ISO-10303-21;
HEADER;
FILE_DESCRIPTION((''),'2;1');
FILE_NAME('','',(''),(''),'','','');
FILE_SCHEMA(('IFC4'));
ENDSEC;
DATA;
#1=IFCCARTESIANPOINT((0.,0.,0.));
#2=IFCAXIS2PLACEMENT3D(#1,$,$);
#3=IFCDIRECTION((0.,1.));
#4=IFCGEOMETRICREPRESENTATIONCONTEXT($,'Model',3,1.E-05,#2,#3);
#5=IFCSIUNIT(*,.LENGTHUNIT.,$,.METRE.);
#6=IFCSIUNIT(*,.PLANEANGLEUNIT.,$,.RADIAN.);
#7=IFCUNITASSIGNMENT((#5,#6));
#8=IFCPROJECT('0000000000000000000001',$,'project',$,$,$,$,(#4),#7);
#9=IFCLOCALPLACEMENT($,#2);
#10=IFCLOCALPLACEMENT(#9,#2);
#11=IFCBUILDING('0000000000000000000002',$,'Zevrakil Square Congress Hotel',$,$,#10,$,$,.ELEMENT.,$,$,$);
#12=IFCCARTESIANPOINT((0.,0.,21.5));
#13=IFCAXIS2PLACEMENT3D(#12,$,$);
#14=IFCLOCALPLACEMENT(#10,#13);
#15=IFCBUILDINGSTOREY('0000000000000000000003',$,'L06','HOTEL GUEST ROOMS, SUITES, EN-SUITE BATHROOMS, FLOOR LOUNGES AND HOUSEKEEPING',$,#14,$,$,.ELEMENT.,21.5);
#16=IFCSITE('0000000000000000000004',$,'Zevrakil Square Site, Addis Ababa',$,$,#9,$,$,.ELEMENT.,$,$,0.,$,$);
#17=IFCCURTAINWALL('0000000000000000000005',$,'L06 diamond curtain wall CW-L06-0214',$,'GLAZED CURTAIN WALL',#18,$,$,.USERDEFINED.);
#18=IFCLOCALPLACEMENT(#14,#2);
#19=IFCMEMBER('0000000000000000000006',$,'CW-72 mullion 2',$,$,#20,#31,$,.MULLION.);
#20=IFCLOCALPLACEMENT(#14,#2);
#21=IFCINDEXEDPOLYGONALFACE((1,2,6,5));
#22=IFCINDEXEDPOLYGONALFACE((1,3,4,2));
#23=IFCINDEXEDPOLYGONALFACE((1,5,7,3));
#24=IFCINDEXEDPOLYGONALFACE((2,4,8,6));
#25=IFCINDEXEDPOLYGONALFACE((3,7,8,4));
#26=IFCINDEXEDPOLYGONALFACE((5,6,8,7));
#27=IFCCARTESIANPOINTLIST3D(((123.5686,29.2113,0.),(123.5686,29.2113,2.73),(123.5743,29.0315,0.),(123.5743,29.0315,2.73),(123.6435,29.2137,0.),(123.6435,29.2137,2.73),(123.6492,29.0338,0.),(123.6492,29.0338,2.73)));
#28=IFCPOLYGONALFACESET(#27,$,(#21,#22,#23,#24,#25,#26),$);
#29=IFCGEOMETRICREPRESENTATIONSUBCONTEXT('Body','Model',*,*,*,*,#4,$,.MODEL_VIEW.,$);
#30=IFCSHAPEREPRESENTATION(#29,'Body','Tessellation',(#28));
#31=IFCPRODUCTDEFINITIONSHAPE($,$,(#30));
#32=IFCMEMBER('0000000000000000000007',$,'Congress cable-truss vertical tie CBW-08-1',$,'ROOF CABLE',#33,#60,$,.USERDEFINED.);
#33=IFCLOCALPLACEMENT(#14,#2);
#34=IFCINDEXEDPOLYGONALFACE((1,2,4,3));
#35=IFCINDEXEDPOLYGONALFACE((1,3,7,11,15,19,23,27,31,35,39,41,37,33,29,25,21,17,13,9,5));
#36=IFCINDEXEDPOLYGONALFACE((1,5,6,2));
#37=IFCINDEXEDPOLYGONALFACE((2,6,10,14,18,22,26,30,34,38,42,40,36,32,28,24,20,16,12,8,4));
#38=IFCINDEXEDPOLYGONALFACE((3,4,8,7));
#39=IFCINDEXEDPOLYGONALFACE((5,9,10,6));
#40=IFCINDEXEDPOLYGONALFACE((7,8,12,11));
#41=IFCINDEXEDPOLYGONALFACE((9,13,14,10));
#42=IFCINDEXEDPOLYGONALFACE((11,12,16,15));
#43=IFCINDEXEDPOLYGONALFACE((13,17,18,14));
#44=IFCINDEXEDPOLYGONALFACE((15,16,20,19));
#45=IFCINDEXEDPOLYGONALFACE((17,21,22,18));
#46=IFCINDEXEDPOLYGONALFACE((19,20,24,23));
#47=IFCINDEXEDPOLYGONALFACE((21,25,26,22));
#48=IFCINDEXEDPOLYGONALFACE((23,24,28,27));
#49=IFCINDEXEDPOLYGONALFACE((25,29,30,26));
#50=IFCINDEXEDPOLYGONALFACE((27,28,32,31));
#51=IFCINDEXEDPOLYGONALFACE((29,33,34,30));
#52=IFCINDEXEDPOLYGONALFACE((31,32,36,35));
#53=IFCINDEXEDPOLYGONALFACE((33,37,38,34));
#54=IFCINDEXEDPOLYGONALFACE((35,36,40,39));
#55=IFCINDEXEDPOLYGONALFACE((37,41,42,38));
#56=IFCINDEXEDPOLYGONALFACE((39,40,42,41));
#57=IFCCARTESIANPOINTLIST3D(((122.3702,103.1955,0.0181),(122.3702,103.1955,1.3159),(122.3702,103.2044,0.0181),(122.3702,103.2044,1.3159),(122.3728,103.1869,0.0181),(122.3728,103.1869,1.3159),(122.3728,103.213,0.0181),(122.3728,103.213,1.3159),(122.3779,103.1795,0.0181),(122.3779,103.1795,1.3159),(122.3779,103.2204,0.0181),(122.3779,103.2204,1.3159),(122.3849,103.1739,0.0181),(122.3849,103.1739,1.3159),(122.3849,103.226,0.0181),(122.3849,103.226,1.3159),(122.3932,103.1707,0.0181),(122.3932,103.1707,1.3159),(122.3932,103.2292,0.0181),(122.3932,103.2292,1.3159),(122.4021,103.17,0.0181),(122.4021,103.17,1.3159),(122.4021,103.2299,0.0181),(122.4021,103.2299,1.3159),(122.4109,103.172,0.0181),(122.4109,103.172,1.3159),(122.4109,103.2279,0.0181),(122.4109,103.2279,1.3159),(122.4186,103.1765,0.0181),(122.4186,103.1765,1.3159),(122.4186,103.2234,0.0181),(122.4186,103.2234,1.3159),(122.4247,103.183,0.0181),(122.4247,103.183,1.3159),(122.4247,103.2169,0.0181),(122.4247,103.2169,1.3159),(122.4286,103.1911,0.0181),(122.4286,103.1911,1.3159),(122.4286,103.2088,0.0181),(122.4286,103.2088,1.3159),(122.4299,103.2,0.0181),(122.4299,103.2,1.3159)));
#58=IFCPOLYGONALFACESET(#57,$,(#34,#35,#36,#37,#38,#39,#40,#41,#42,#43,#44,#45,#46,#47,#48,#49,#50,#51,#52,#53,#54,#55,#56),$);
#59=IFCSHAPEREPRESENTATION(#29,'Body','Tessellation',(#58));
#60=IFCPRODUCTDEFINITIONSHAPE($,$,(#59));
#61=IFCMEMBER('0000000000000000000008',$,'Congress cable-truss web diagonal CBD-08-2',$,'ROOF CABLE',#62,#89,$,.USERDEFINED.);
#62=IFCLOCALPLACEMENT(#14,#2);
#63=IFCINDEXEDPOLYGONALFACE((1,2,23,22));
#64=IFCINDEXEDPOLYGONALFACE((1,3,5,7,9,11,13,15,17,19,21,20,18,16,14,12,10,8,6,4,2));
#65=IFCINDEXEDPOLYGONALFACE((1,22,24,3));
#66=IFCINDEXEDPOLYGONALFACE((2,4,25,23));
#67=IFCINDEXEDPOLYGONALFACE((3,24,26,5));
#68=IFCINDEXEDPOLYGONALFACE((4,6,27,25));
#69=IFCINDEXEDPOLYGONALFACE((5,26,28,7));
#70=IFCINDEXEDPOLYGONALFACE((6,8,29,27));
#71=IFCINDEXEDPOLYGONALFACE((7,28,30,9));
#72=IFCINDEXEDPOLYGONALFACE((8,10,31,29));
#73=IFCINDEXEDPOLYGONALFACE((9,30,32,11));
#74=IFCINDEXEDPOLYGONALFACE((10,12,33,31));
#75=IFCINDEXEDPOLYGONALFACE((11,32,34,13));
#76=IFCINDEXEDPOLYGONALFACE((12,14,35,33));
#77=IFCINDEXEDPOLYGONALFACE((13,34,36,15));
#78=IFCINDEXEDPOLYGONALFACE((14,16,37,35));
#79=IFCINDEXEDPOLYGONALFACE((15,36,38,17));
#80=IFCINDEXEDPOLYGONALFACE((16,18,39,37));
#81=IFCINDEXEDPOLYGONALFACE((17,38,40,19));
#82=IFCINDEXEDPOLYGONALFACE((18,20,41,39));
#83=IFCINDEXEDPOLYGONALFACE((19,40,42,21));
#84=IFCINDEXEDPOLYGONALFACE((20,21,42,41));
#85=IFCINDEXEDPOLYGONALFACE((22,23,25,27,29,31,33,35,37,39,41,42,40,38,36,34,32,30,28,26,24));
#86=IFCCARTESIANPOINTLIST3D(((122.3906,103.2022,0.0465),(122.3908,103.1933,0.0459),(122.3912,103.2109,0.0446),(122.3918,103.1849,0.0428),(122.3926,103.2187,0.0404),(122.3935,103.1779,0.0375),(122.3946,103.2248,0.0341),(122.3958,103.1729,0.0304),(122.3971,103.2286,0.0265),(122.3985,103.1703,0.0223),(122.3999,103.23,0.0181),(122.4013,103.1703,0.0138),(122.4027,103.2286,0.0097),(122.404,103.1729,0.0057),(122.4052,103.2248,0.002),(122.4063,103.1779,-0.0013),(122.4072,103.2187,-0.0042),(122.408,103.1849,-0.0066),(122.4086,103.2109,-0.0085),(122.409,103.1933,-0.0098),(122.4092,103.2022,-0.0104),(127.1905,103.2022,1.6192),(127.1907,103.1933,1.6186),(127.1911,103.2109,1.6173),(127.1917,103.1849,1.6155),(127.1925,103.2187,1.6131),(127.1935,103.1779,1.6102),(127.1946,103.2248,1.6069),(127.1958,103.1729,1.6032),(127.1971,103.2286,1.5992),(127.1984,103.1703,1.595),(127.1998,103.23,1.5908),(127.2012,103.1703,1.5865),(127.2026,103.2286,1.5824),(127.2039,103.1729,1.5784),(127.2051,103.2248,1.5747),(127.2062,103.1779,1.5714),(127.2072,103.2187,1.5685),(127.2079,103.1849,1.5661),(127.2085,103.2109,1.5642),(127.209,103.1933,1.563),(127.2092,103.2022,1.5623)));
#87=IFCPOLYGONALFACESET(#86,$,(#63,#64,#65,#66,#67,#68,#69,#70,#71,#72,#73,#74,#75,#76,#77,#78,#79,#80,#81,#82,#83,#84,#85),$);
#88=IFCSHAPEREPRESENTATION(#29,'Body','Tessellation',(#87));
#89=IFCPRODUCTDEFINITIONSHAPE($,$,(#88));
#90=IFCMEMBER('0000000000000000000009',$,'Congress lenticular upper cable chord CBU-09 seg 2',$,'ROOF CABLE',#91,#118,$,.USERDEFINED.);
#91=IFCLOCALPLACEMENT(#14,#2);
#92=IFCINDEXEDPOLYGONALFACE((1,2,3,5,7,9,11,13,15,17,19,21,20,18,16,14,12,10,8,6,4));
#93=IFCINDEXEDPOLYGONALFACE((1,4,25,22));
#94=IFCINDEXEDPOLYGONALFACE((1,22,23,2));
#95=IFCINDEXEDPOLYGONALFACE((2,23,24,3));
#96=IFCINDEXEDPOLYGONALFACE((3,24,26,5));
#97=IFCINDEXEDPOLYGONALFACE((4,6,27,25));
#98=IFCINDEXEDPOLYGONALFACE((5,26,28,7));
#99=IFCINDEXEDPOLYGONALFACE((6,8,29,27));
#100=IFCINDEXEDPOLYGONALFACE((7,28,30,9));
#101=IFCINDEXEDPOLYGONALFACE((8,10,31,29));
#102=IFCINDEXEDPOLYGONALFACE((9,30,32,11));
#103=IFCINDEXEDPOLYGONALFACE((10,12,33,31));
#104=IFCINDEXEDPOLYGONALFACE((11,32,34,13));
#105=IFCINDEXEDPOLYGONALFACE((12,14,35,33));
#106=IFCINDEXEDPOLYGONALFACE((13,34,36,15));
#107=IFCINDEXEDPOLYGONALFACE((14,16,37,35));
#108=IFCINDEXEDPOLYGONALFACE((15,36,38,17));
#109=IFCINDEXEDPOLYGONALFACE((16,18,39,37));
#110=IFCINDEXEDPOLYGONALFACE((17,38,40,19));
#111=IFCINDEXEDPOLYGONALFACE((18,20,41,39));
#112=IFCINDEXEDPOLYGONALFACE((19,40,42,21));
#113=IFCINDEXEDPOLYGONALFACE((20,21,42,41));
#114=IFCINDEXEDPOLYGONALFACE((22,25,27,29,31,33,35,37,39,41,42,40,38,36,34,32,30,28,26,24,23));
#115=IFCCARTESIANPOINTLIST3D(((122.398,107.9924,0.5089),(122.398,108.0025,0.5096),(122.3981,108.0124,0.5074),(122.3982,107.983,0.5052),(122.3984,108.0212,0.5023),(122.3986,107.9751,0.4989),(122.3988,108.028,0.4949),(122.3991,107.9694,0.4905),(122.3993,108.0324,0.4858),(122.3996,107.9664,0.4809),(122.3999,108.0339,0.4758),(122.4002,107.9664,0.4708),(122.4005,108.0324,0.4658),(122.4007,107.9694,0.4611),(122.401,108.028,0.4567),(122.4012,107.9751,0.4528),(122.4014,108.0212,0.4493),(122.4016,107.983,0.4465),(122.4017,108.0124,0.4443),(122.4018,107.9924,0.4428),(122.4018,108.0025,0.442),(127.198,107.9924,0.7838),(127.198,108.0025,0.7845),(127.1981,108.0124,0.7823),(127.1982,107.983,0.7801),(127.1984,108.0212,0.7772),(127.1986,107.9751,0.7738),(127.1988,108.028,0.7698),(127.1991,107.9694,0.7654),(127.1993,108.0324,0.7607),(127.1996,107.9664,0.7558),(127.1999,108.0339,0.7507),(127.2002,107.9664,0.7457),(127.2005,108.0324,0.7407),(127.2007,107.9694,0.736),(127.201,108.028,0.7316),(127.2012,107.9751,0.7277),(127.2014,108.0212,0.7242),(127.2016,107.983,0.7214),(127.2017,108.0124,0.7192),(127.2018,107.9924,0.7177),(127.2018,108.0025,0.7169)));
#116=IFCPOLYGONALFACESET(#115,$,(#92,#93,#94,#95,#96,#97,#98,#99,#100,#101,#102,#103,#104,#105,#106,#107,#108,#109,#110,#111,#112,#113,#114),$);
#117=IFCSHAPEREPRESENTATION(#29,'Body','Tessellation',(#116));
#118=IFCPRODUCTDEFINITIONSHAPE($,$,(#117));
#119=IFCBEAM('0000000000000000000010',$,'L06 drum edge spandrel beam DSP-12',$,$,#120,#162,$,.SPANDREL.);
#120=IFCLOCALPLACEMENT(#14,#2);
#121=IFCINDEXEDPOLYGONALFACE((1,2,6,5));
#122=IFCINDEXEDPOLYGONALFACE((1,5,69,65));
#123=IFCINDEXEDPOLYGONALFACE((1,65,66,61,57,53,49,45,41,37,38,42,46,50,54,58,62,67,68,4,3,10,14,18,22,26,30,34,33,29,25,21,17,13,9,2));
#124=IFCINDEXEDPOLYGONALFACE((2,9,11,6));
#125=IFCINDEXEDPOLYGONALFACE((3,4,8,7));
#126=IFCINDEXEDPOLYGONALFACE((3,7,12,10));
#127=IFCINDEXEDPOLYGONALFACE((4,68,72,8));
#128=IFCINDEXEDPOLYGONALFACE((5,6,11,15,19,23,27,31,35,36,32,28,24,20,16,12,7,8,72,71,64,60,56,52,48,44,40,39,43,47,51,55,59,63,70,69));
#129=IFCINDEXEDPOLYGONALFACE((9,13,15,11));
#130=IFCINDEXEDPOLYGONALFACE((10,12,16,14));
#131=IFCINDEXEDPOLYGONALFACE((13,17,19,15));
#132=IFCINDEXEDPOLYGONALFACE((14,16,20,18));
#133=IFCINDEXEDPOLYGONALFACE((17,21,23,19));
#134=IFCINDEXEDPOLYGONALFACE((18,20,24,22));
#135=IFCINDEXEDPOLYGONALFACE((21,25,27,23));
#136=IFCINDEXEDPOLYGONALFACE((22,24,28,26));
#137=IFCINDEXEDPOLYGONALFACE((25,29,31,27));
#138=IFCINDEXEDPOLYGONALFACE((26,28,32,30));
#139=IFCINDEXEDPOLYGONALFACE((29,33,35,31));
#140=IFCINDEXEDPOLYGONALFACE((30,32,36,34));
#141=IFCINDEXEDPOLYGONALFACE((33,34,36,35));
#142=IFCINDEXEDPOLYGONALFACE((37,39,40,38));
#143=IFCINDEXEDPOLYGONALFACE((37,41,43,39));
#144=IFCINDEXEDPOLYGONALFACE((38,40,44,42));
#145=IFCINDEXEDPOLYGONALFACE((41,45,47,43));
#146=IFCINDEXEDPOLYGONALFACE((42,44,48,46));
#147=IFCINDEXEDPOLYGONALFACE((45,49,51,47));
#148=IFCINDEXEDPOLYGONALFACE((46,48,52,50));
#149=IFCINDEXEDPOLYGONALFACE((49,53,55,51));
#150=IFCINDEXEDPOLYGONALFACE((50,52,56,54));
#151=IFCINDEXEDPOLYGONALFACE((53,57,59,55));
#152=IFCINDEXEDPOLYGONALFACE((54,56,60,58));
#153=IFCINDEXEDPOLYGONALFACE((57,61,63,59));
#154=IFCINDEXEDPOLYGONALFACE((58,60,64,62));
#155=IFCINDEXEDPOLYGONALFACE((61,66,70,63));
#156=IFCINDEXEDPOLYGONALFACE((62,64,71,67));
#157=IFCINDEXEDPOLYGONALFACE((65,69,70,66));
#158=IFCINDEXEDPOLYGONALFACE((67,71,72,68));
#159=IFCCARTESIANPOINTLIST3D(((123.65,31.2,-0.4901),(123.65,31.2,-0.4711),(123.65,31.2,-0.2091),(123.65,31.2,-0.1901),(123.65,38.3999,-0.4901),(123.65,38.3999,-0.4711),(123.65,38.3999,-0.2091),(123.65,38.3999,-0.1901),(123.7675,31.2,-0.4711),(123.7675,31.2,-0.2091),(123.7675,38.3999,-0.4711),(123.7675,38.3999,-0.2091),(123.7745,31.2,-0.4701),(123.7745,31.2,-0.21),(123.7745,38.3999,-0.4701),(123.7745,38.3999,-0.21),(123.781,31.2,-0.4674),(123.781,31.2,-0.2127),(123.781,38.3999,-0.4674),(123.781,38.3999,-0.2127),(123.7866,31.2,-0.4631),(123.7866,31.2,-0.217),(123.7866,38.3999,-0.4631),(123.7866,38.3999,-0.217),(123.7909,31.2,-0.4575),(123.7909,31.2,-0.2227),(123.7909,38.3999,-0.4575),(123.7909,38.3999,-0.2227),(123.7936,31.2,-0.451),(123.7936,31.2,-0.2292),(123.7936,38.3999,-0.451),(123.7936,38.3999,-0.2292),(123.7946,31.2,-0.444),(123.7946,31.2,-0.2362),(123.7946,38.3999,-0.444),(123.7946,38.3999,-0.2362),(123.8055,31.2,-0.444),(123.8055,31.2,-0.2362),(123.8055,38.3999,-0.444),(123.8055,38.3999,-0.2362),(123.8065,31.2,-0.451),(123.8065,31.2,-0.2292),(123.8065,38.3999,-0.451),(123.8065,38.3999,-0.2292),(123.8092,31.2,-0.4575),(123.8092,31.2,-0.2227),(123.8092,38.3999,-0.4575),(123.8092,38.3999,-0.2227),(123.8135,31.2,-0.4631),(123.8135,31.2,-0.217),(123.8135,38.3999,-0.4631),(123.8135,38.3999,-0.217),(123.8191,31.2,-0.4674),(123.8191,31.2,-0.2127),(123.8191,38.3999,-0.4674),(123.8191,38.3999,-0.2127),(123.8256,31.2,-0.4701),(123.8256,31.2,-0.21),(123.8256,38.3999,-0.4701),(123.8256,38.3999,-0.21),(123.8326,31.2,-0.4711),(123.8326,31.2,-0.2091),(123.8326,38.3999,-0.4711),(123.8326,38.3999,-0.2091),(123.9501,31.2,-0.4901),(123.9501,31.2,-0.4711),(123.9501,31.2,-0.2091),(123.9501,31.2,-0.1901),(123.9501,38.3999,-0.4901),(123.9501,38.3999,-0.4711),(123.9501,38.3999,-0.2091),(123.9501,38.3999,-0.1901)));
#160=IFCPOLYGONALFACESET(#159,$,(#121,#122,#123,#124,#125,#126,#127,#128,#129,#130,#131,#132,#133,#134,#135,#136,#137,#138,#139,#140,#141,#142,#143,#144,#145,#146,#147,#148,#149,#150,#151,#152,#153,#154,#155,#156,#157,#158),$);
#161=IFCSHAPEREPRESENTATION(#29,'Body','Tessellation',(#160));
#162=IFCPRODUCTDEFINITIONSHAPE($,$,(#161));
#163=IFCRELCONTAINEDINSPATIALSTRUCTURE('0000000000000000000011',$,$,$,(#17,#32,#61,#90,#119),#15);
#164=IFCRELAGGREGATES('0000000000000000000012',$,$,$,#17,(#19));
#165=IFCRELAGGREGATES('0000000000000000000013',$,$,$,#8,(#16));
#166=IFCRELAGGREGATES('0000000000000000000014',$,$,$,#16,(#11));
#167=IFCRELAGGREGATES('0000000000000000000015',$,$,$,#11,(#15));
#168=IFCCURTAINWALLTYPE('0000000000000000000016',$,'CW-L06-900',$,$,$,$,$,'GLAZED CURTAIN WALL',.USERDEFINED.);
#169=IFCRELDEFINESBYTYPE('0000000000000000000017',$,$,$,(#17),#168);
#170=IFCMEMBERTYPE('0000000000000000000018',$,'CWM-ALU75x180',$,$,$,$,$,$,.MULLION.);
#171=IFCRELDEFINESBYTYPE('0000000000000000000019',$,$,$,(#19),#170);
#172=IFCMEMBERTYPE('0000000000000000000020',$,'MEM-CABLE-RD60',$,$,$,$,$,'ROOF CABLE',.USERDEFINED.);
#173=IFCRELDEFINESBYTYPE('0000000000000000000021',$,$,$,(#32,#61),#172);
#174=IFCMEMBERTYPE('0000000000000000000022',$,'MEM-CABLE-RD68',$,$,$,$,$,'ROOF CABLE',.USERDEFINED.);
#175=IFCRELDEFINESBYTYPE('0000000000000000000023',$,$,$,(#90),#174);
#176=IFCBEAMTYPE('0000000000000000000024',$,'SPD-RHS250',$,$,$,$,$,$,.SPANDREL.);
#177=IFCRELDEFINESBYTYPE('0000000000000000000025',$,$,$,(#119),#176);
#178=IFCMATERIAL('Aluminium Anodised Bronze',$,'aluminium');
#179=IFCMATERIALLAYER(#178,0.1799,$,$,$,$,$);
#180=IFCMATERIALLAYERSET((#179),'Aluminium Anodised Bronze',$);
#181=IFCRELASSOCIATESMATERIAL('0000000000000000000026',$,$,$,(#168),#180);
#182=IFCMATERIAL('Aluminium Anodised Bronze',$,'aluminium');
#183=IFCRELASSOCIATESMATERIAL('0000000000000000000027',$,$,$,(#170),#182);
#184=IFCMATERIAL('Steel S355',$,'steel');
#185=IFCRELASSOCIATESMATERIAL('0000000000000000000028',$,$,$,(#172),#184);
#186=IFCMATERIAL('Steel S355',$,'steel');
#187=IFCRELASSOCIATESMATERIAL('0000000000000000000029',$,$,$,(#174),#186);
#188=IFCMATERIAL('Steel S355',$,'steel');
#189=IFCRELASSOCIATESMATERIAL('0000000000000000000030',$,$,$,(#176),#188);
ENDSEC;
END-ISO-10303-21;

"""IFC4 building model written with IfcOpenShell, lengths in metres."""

from ifc_helpers import new_model, si_unit, direction, frame, origin, origin_2d, place, context, subcontext, project, spatial, rectangle, circle, i_section, extrude, material, layer, layer_set, material_profile, profile_set, type_object, element, aggregate, save


model = new_model("IFC4")

# Units and contexts
model_context = context("Model", 3, precision=1e-05, world=origin(), true_north=direction((0.0, 1.0)))
body_context = subcontext(model_context, "Body", "Model", "MODEL_VIEW")
ifc_project = project(units=[si_unit("LENGTHUNIT", "METRE"), si_unit("PLANEANGLEUNIT", "RADIAN")], contexts=[model_context])

# Site, building, storey
site_placement = place(None, origin())
site = spatial("IfcSite", under=ifc_project, at=site_placement, Name="Zevrakil Square Site, Addis Ababa", CompositionType="ELEMENT", RefElevation=0.0)
building_placement = place(site_placement, origin())
building = spatial("IfcBuilding", under=site, at=building_placement, Name="Zevrakil Square Congress Hotel", CompositionType="ELEMENT")
storey_placement = place(building_placement, frame((0.0, 0.0, 21.5)))
storey = spatial("IfcBuildingStorey", under=building, at=storey_placement, Name="L06", Description="HOTEL GUEST ROOMS, SUITES, EN-SUITE BATHROOMS, FLOOR LOUNGES AND HOUSEKEEPING", CompositionType="ELEMENT", Elevation=21.5)

# Curtain wall
ifc_material_1 = material(Name="Aluminium Anodised Bronze", Category="aluminium")
ifc_layer_1 = layer(ifc_material_1, 0.1799)
ifc_layer_set_1 = layer_set([ifc_layer_1], Name="Aluminium Anodised Bronze")
curtain_wall_type_1 = type_object("IfcCurtainWallType", Name="CW-L06-900", ElementType="GLAZED CURTAIN WALL", PredefinedType="USERDEFINED", material=ifc_layer_set_1)
curtain_wall_1_placement = place(storey_placement, origin())
curtain_wall_1 = element("IfcCurtainWall", 1, at=curtain_wall_1_placement, inside=storey, type_object=curtain_wall_type_1, Name="L06 diamond curtain wall CW-L06-0214", ObjectType="GLAZED CURTAIN WALL", PredefinedType="USERDEFINED")

# Member
ifc_material_2 = material(Name="Aluminium Anodised Bronze", Category="aluminium")
ifc_material_profile_1 = material_profile(ifc_material_2, rectangle(XDim=0.075, YDim=0.1799, at=origin_2d()), Name="ALU 75x180")
ifc_profile_set_1 = profile_set([ifc_material_profile_1], Name="Aluminium Anodised Bronze")
member_type_1 = type_object("IfcMemberType", Name="CWM-ALU75x180", PredefinedType="MULLION", material=ifc_profile_set_1)
member_1_placement = place(storey_placement, frame((123.6089, 29.1226, 0.0), z_axis=(0.0, 0.0, 1.0), x_axis=(0.999501, 0.031598, 0.0)))
member_1 = element("IfcMember", 2, at=member_1_placement, type_object=member_type_1, Name="CW-72 mullion 2", PredefinedType="MULLION", context=body_context, shape_type="SweptSolid", body=[
    extrude(rectangle(XDim=0.075, YDim=0.1799, at=origin_2d()), origin(), (0.0, 0.0, 1.0), 2.73),
])

# Members
ifc_material_3 = material(Name="Steel S355", Category="steel")
ifc_material_profile_2 = material_profile(ifc_material_3, circle(Radius=0.03, at=origin_2d()), Name="CABLE RD60")
ifc_profile_set_2 = profile_set([ifc_material_profile_2], Name="Steel S355")
member_type_2 = type_object("IfcMemberType", Name="MEM-CABLE-RD60", ElementType="ROOF CABLE", PredefinedType="USERDEFINED", material=ifc_profile_set_2)
member_2_placement = place(storey_placement, frame((122.3999, 103.2, 0.0181), z_axis=(0.0, 0.0, 1.0), x_axis=(1.0, 0.0, 0.0)))
element("IfcMember", 3, at=member_2_placement, inside=storey, type_object=member_type_2, Name="Congress cable-truss vertical tie CBW-08-1", ObjectType="ROOF CABLE", PredefinedType="USERDEFINED", context=body_context, shape_type="SweptSolid", body=[
    extrude(circle(Radius=0.03, at=origin_2d()), origin(), (0.0, 0.0, 1.0), 1.2979),
])
member_3_placement = place(storey_placement, frame((122.3999, 103.2, 0.0181), z_axis=(0.95029, 0.0, 0.311366), x_axis=(0.0, 1.0, 0.0)))
element("IfcMember", 4, at=member_3_placement, inside=storey, type_object=member_type_2, Name="Congress cable-truss web diagonal CBD-08-2", ObjectType="ROOF CABLE", PredefinedType="USERDEFINED", context=body_context, shape_type="SweptSolid", body=[
    extrude(circle(Radius=0.03, at=origin_2d()), origin(), (0.0, 0.0, 1.0), 5.051),
])
ifc_material_4 = material(Name="Steel S355", Category="steel")
ifc_material_profile_3 = material_profile(ifc_material_4, circle(Radius=0.0339, at=origin_2d()), Name="CABLE RD68")
ifc_profile_set_3 = profile_set([ifc_material_profile_3], Name="Steel S355")
member_type_3 = type_object("IfcMemberType", Name="MEM-CABLE-RD68", ElementType="ROOF CABLE", PredefinedType="USERDEFINED", material=ifc_profile_set_3)
member_4_placement = place(storey_placement, frame((122.3999, 108.0, 0.4758), z_axis=(0.998364, 0.0, 0.057177), x_axis=(0.0, 1.0, 0.0)))
element("IfcMember", 5, at=member_4_placement, inside=storey, type_object=member_type_3, Name="Congress lenticular upper cable chord CBU-09 seg 2", ObjectType="ROOF CABLE", PredefinedType="USERDEFINED", context=body_context, shape_type="SweptSolid", body=[
    extrude(circle(Radius=0.0339, at=origin_2d()), origin(), (0.0, 0.0, 1.0), 4.8079),
])

# Beam
ifc_material_5 = material(Name="Steel S355", Category="steel")
ifc_material_profile_4 = material_profile(ifc_material_5, i_section(OverallWidth=0.3, OverallDepth=0.3, WebThickness=0.011, FlangeThickness=0.019, FilletRadius=0.0271, at=origin_2d()), Name="HEB 300")
ifc_profile_set_4 = profile_set([ifc_material_profile_4], Name="Steel S355")
beam_type = type_object("IfcBeamType", Name="SPD-RHS250", PredefinedType="SPANDREL", material=ifc_profile_set_4)
for number, where, z_axis, x_axis, name in (
    (6, (123.8, 38.3999, -0.3401), (0.0, -1.0, 0.0), (1.0, 0.0, 0.0), "L06 drum edge spandrel beam DSP-12"),
):
    element("IfcBeam", number, at=place(storey_placement, frame(where, z_axis=z_axis, x_axis=x_axis)), inside=storey, type_object=beam_type, Name=name, PredefinedType="SPANDREL", context=body_context, shape_type="SweptSolid", body=[
        extrude(i_section(OverallWidth=0.3, OverallDepth=0.3, WebThickness=0.011, FlangeThickness=0.019, FilletRadius=0.0271, at=origin_2d()), origin(), (0.0, 0.0, 1.0), 7.2),
    ])

aggregate(curtain_wall_1, [member_1])

save(model, "model.ifc")
